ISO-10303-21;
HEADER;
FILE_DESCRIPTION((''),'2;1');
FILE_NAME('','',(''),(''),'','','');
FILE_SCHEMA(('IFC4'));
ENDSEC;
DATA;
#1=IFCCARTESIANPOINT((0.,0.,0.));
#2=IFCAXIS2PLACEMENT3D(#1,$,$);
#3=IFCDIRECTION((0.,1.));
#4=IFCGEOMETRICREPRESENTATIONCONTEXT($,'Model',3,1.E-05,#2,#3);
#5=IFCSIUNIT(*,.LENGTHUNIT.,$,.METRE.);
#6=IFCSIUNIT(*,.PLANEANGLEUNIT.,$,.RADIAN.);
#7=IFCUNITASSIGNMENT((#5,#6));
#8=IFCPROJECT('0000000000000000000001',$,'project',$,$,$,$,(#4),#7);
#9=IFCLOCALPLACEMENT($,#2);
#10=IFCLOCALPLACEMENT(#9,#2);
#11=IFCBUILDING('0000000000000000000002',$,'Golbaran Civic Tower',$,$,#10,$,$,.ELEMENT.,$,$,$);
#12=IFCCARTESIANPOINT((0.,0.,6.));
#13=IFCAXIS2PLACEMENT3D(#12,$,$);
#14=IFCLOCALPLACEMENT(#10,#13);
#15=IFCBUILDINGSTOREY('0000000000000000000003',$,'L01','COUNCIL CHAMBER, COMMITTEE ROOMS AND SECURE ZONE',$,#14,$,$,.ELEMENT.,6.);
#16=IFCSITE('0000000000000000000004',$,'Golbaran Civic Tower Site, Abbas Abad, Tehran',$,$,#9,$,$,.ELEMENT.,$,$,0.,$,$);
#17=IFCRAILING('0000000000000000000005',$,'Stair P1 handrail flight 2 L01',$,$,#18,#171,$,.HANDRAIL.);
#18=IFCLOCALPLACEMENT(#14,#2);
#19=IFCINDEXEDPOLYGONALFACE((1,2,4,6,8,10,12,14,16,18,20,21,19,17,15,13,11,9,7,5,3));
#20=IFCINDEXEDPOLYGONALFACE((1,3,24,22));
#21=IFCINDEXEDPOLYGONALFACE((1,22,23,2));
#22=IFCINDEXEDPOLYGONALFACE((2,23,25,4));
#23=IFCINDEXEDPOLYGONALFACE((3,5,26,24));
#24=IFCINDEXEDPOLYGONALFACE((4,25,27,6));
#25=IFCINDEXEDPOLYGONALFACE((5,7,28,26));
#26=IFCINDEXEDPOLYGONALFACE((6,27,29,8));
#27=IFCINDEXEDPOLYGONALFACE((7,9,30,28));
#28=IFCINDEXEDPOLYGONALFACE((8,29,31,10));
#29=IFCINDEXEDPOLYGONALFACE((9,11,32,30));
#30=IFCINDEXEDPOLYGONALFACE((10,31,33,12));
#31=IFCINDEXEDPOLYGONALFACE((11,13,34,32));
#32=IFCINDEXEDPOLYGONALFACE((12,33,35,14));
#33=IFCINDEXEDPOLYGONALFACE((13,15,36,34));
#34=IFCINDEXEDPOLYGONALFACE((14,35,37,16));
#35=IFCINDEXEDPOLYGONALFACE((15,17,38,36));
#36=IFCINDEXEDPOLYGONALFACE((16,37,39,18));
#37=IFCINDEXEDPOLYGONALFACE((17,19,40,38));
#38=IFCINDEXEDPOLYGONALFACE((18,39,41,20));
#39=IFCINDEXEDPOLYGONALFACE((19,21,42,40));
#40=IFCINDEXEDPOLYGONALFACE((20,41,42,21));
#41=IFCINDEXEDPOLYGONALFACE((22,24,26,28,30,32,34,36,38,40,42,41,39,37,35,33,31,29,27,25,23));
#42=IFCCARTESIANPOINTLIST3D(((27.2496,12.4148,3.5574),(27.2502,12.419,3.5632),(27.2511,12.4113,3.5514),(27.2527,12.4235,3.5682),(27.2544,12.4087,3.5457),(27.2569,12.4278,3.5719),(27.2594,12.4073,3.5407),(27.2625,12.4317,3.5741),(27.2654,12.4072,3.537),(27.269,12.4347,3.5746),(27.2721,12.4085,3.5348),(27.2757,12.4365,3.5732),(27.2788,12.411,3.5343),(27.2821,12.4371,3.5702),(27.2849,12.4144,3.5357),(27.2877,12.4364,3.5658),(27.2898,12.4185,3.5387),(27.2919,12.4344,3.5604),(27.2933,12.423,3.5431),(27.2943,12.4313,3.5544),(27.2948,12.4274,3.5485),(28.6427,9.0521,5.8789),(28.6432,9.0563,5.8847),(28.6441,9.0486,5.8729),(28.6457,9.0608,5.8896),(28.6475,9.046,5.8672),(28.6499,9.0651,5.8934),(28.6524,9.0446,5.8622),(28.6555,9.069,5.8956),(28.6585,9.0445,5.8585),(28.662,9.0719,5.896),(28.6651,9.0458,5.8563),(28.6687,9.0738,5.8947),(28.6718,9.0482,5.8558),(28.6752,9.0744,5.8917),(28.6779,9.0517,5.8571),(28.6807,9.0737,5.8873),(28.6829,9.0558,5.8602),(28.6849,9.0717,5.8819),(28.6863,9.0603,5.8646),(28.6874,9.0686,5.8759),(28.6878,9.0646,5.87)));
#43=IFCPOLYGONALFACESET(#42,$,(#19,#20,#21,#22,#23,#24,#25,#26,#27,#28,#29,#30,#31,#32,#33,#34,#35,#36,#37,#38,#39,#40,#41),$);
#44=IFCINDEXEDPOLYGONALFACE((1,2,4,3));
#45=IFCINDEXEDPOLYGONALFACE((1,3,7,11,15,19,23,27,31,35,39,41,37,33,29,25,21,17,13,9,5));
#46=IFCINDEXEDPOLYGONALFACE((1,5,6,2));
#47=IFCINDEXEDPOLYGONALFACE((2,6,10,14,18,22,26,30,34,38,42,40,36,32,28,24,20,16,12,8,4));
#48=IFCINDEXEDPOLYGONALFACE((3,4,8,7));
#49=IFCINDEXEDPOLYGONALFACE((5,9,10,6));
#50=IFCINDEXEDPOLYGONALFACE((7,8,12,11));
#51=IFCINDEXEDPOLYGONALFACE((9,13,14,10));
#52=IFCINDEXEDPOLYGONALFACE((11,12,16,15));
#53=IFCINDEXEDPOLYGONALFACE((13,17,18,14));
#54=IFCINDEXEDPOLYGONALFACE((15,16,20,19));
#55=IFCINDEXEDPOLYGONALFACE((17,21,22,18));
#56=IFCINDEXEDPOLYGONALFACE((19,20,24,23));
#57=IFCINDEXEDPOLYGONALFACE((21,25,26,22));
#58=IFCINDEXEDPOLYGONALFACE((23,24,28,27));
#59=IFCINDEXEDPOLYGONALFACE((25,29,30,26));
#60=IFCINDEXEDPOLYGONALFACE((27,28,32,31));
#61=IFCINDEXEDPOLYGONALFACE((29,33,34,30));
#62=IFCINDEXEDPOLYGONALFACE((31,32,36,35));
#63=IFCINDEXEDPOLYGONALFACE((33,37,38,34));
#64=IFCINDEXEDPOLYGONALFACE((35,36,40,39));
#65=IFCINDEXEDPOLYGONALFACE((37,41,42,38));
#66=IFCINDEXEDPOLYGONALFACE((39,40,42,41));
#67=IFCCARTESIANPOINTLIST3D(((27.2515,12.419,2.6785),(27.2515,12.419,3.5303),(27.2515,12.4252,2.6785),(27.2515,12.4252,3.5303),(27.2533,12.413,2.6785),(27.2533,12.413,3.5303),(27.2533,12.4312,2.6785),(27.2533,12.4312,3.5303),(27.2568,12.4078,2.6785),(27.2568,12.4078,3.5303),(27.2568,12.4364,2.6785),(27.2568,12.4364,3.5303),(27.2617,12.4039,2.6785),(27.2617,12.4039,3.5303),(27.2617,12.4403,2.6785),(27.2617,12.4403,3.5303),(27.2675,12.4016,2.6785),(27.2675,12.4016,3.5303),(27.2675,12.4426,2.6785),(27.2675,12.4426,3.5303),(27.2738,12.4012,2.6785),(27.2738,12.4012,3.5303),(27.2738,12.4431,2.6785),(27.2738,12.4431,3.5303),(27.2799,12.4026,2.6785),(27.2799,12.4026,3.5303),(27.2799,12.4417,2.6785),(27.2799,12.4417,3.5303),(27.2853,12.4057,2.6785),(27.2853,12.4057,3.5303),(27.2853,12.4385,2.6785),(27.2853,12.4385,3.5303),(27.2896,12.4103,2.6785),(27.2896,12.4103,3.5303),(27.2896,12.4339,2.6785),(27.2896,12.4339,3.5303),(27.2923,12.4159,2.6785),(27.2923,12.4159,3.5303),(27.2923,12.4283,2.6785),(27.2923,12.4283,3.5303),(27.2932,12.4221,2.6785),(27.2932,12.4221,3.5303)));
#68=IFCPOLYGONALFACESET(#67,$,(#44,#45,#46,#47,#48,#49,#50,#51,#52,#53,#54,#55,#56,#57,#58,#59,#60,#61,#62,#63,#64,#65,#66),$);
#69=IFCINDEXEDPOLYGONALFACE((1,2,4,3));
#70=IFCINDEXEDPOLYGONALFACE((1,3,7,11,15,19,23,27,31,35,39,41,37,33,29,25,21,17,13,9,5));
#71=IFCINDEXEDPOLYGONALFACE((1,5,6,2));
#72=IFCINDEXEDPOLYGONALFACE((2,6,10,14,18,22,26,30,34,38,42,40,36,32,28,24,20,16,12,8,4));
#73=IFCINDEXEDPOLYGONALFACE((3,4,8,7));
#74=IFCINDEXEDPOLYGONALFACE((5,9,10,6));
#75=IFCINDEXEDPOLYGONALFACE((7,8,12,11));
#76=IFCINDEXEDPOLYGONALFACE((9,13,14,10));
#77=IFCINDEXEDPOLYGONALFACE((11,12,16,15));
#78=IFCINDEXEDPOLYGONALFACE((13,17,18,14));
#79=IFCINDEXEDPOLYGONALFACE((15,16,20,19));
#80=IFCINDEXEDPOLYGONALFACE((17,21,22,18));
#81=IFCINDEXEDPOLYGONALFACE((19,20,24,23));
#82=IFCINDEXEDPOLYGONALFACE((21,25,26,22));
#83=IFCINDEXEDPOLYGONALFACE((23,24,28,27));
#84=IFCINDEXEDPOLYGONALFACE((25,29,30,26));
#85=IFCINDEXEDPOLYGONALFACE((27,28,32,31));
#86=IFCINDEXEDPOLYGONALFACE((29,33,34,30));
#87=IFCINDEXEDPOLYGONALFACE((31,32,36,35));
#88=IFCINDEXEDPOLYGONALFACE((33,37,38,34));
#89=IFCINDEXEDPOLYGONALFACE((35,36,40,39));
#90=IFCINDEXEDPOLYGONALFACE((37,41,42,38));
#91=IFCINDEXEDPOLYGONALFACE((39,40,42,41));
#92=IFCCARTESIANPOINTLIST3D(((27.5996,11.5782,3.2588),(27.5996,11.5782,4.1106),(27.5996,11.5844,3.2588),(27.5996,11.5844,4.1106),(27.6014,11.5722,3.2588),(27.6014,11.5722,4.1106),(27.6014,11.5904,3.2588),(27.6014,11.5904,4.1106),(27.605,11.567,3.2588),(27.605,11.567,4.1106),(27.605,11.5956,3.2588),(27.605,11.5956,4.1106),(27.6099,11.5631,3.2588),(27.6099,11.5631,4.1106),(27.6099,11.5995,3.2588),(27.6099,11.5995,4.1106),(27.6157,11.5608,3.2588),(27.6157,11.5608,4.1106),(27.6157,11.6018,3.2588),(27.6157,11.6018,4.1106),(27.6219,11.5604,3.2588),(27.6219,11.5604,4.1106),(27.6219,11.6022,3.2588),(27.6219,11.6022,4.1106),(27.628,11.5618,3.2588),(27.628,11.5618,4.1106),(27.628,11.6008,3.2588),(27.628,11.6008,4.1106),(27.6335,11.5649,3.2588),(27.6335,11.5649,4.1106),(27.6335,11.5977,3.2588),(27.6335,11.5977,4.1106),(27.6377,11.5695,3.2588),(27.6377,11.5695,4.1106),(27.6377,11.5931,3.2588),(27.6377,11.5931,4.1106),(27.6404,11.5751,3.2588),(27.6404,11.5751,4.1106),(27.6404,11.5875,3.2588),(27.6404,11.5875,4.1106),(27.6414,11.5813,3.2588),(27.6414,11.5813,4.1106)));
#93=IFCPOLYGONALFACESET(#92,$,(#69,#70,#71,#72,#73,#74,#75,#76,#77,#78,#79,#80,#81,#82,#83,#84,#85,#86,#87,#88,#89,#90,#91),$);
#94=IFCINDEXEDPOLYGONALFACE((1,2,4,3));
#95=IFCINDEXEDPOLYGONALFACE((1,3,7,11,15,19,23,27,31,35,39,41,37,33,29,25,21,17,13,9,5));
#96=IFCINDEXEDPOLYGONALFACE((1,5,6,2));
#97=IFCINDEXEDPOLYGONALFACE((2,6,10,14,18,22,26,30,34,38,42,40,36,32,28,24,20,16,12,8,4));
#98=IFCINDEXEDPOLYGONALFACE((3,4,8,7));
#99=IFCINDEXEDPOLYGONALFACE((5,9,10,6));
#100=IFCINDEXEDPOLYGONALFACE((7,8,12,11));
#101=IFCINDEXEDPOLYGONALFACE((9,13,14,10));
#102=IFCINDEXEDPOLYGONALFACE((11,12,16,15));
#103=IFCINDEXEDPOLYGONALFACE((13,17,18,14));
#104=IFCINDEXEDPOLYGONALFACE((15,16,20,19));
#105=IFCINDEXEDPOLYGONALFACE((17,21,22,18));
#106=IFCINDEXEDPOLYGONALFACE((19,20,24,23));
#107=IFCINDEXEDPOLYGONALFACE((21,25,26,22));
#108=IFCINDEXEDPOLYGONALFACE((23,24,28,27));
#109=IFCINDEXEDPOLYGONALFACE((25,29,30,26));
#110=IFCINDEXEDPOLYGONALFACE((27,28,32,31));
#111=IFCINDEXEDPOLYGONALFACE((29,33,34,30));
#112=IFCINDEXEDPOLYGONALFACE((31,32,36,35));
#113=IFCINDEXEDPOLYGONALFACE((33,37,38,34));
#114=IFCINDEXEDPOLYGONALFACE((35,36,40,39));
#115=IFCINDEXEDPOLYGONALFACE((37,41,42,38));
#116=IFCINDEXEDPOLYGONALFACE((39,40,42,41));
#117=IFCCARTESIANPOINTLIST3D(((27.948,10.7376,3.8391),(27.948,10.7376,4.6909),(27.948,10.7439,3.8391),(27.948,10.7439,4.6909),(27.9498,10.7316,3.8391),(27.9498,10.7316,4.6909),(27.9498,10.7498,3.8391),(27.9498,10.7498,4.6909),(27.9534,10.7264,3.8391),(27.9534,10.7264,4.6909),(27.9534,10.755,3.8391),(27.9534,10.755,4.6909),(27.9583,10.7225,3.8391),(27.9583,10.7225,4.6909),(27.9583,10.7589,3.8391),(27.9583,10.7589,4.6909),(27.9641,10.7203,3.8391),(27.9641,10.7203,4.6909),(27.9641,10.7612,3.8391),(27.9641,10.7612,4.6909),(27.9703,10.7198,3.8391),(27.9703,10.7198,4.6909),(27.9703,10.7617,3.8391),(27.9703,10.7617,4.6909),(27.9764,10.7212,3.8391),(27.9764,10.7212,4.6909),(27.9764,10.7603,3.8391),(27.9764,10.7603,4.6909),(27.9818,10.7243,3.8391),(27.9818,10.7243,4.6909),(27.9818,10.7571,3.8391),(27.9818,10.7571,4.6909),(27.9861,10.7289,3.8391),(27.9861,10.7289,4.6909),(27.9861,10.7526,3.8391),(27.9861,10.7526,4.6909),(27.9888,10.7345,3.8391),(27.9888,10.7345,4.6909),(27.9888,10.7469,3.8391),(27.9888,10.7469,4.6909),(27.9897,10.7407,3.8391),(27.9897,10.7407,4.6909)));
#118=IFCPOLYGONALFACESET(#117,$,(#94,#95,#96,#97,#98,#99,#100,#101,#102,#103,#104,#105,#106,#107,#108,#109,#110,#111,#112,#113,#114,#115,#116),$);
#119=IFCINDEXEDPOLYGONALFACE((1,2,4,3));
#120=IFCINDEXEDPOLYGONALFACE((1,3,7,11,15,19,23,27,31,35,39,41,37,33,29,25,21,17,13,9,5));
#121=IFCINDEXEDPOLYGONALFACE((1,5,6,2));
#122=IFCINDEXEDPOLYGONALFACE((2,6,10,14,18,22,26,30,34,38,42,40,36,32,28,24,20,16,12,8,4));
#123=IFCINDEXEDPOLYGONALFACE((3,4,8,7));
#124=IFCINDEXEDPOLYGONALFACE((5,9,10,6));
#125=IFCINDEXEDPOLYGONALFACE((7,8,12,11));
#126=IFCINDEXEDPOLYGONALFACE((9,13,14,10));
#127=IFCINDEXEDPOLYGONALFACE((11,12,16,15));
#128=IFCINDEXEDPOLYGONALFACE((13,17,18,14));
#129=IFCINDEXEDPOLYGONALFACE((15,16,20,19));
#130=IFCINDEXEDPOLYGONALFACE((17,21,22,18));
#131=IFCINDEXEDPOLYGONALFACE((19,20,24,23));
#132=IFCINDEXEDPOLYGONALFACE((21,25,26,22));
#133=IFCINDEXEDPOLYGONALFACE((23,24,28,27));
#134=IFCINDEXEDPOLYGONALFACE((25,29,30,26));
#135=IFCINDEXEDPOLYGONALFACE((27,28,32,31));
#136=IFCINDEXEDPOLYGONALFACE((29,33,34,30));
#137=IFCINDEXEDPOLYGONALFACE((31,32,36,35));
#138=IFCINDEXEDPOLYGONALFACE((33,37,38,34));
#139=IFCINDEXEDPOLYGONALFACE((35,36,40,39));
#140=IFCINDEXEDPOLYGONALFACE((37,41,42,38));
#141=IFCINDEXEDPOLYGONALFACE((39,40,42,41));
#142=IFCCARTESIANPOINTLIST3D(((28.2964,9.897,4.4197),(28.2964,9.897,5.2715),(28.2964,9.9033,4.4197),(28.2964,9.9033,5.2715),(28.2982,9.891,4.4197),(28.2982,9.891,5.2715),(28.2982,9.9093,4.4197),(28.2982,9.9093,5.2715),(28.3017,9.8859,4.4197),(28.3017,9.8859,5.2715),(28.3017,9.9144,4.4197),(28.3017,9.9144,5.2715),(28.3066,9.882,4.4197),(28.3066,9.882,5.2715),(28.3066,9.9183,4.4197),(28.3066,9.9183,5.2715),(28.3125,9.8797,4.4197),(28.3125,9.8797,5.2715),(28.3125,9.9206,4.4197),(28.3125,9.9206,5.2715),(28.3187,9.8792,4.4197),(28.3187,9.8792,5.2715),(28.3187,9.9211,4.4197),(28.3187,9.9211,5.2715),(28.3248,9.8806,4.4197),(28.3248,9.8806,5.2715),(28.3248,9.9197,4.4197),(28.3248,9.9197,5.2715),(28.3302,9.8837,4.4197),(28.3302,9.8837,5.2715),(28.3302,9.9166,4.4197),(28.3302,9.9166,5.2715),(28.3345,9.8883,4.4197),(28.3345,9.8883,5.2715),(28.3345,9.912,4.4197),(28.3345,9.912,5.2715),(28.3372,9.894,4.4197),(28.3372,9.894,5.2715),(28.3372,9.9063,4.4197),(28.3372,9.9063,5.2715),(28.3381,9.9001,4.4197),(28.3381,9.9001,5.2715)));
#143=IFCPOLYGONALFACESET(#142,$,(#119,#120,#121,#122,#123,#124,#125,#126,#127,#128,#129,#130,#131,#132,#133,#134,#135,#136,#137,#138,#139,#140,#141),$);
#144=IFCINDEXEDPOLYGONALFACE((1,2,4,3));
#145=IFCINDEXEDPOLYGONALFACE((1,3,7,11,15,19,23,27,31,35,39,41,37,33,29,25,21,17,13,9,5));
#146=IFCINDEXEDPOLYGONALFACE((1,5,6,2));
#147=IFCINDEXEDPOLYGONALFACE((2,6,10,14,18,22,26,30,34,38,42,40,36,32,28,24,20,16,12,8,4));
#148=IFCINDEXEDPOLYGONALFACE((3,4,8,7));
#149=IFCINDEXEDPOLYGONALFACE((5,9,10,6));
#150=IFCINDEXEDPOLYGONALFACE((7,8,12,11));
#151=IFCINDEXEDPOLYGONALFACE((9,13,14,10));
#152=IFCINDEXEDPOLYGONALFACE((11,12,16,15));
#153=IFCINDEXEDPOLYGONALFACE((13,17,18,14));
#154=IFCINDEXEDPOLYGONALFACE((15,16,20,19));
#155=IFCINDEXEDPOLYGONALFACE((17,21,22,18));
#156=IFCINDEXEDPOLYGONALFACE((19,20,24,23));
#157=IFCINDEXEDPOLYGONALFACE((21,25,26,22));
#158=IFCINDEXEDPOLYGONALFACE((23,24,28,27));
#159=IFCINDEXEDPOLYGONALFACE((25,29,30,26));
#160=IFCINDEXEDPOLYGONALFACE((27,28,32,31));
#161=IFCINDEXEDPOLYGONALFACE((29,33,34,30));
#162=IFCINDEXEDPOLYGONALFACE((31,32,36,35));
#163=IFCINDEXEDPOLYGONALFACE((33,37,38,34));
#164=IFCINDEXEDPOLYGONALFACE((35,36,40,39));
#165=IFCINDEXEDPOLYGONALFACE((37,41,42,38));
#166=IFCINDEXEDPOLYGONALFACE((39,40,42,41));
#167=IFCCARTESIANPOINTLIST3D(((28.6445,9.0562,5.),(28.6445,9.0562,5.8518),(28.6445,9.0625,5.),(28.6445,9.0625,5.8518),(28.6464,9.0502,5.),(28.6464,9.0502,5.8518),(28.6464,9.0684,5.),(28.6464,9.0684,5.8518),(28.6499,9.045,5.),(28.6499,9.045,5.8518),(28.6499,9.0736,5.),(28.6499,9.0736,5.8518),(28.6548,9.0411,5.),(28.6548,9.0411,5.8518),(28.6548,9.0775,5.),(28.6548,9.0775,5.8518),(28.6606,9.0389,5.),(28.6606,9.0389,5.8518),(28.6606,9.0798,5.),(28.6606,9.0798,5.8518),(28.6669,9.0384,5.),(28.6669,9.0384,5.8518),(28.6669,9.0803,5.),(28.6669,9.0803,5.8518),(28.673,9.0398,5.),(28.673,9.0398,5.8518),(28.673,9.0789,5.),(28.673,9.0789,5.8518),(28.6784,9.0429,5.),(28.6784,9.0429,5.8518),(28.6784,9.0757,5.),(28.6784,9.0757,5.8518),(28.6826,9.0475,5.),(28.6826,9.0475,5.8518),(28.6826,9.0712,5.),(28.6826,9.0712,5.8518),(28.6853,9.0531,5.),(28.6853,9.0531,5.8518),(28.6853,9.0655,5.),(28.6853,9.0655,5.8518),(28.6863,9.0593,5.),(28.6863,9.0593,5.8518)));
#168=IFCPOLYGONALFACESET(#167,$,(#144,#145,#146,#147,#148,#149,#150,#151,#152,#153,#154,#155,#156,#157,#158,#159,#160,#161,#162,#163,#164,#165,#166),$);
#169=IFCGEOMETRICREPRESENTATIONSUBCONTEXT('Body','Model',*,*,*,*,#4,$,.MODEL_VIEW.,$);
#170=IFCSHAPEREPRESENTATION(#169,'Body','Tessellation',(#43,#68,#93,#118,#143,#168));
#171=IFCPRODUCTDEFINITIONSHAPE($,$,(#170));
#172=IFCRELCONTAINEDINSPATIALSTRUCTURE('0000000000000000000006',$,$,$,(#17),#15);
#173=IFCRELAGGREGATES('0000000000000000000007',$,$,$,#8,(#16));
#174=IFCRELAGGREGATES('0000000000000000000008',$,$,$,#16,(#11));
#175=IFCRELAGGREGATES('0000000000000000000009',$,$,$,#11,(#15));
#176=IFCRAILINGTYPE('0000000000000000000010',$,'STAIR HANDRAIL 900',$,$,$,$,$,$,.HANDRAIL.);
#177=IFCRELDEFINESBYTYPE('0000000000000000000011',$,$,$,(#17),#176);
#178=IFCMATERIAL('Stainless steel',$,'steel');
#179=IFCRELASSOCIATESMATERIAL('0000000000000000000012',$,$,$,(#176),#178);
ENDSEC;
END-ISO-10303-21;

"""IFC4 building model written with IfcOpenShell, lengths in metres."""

from ifc_helpers import new_model, si_unit, direction, frame, origin, origin_2d, place, context, subcontext, project, spatial, circle, extrude, material, type_object, element, save


model = new_model("IFC4")

# Units and contexts
model_context = context("Model", 3, precision=1e-05, world=origin(), true_north=direction((0.0, 1.0)))
body_context = subcontext(model_context, "Body", "Model", "MODEL_VIEW")
ifc_project = project(units=[si_unit("LENGTHUNIT", "METRE"), si_unit("PLANEANGLEUNIT", "RADIAN")], contexts=[model_context])

# Site, building, storey
site_placement = place(None, origin())
site = spatial("IfcSite", under=ifc_project, at=site_placement, Name="Golbaran Civic Tower Site, Abbas Abad, Tehran", CompositionType="ELEMENT", RefElevation=0.0)
building_placement = place(site_placement, origin())
building = spatial("IfcBuilding", under=site, at=building_placement, Name="Golbaran Civic Tower", CompositionType="ELEMENT")
storey_placement = place(building_placement, frame((0.0, 0.0, 6.0)))
storey = spatial("IfcBuildingStorey", under=building, at=storey_placement, Name="L01", Description="COUNCIL CHAMBER, COMMITTEE ROOMS AND SECURE ZONE", CompositionType="ELEMENT", Elevation=6.0)

# Railing
ifc_material_1 = material(Name="Stainless steel", Category="steel")
railing_type_1 = type_object("IfcRailingType", Name="STAIR HANDRAIL 900", PredefinedType="HANDRAIL", material=ifc_material_1)
railing_1_placement = place(storey_placement, frame((27.2722, 12.4221, 2.6785)))
element("IfcRailing", 1, at=railing_1_placement, inside=storey, type_object=railing_type_1, Name="Stair P1 handrail flight 2 L01", PredefinedType="HANDRAIL", context=body_context, shape_type="SweptSolid", body=[
    extrude(circle(Radius=0.0239, at=origin_2d()), frame((0.0, 0.0, 0.876), z_axis=(0.322676, -0.778923, 0.537736), x_axis=(0.923865, 0.382719, 0.0)), (0.0, 0.0, 1.0), 4.3171),
    extrude(circle(Radius=0.021, at=origin_2d()), origin(), (0.0, 0.0, 1.0), 0.8518),
    extrude(circle(Radius=0.021, at=origin_2d()), frame((0.3481, -0.8408, 0.5803)), (0.0, 0.0, 1.0), 0.8518),
    extrude(circle(Radius=0.021, at=origin_2d()), frame((0.6965, -1.6814, 1.1606)), (0.0, 0.0, 1.0), 0.8518),
    extrude(circle(Radius=0.021, at=origin_2d()), frame((1.0449, -2.522, 1.7412)), (0.0, 0.0, 1.0), 0.8518),
    extrude(circle(Radius=0.021, at=origin_2d()), frame((1.3931, -3.3628, 2.3215)), (0.0, 0.0, 1.0), 0.8518),
])

save(model, "model.ifc")
